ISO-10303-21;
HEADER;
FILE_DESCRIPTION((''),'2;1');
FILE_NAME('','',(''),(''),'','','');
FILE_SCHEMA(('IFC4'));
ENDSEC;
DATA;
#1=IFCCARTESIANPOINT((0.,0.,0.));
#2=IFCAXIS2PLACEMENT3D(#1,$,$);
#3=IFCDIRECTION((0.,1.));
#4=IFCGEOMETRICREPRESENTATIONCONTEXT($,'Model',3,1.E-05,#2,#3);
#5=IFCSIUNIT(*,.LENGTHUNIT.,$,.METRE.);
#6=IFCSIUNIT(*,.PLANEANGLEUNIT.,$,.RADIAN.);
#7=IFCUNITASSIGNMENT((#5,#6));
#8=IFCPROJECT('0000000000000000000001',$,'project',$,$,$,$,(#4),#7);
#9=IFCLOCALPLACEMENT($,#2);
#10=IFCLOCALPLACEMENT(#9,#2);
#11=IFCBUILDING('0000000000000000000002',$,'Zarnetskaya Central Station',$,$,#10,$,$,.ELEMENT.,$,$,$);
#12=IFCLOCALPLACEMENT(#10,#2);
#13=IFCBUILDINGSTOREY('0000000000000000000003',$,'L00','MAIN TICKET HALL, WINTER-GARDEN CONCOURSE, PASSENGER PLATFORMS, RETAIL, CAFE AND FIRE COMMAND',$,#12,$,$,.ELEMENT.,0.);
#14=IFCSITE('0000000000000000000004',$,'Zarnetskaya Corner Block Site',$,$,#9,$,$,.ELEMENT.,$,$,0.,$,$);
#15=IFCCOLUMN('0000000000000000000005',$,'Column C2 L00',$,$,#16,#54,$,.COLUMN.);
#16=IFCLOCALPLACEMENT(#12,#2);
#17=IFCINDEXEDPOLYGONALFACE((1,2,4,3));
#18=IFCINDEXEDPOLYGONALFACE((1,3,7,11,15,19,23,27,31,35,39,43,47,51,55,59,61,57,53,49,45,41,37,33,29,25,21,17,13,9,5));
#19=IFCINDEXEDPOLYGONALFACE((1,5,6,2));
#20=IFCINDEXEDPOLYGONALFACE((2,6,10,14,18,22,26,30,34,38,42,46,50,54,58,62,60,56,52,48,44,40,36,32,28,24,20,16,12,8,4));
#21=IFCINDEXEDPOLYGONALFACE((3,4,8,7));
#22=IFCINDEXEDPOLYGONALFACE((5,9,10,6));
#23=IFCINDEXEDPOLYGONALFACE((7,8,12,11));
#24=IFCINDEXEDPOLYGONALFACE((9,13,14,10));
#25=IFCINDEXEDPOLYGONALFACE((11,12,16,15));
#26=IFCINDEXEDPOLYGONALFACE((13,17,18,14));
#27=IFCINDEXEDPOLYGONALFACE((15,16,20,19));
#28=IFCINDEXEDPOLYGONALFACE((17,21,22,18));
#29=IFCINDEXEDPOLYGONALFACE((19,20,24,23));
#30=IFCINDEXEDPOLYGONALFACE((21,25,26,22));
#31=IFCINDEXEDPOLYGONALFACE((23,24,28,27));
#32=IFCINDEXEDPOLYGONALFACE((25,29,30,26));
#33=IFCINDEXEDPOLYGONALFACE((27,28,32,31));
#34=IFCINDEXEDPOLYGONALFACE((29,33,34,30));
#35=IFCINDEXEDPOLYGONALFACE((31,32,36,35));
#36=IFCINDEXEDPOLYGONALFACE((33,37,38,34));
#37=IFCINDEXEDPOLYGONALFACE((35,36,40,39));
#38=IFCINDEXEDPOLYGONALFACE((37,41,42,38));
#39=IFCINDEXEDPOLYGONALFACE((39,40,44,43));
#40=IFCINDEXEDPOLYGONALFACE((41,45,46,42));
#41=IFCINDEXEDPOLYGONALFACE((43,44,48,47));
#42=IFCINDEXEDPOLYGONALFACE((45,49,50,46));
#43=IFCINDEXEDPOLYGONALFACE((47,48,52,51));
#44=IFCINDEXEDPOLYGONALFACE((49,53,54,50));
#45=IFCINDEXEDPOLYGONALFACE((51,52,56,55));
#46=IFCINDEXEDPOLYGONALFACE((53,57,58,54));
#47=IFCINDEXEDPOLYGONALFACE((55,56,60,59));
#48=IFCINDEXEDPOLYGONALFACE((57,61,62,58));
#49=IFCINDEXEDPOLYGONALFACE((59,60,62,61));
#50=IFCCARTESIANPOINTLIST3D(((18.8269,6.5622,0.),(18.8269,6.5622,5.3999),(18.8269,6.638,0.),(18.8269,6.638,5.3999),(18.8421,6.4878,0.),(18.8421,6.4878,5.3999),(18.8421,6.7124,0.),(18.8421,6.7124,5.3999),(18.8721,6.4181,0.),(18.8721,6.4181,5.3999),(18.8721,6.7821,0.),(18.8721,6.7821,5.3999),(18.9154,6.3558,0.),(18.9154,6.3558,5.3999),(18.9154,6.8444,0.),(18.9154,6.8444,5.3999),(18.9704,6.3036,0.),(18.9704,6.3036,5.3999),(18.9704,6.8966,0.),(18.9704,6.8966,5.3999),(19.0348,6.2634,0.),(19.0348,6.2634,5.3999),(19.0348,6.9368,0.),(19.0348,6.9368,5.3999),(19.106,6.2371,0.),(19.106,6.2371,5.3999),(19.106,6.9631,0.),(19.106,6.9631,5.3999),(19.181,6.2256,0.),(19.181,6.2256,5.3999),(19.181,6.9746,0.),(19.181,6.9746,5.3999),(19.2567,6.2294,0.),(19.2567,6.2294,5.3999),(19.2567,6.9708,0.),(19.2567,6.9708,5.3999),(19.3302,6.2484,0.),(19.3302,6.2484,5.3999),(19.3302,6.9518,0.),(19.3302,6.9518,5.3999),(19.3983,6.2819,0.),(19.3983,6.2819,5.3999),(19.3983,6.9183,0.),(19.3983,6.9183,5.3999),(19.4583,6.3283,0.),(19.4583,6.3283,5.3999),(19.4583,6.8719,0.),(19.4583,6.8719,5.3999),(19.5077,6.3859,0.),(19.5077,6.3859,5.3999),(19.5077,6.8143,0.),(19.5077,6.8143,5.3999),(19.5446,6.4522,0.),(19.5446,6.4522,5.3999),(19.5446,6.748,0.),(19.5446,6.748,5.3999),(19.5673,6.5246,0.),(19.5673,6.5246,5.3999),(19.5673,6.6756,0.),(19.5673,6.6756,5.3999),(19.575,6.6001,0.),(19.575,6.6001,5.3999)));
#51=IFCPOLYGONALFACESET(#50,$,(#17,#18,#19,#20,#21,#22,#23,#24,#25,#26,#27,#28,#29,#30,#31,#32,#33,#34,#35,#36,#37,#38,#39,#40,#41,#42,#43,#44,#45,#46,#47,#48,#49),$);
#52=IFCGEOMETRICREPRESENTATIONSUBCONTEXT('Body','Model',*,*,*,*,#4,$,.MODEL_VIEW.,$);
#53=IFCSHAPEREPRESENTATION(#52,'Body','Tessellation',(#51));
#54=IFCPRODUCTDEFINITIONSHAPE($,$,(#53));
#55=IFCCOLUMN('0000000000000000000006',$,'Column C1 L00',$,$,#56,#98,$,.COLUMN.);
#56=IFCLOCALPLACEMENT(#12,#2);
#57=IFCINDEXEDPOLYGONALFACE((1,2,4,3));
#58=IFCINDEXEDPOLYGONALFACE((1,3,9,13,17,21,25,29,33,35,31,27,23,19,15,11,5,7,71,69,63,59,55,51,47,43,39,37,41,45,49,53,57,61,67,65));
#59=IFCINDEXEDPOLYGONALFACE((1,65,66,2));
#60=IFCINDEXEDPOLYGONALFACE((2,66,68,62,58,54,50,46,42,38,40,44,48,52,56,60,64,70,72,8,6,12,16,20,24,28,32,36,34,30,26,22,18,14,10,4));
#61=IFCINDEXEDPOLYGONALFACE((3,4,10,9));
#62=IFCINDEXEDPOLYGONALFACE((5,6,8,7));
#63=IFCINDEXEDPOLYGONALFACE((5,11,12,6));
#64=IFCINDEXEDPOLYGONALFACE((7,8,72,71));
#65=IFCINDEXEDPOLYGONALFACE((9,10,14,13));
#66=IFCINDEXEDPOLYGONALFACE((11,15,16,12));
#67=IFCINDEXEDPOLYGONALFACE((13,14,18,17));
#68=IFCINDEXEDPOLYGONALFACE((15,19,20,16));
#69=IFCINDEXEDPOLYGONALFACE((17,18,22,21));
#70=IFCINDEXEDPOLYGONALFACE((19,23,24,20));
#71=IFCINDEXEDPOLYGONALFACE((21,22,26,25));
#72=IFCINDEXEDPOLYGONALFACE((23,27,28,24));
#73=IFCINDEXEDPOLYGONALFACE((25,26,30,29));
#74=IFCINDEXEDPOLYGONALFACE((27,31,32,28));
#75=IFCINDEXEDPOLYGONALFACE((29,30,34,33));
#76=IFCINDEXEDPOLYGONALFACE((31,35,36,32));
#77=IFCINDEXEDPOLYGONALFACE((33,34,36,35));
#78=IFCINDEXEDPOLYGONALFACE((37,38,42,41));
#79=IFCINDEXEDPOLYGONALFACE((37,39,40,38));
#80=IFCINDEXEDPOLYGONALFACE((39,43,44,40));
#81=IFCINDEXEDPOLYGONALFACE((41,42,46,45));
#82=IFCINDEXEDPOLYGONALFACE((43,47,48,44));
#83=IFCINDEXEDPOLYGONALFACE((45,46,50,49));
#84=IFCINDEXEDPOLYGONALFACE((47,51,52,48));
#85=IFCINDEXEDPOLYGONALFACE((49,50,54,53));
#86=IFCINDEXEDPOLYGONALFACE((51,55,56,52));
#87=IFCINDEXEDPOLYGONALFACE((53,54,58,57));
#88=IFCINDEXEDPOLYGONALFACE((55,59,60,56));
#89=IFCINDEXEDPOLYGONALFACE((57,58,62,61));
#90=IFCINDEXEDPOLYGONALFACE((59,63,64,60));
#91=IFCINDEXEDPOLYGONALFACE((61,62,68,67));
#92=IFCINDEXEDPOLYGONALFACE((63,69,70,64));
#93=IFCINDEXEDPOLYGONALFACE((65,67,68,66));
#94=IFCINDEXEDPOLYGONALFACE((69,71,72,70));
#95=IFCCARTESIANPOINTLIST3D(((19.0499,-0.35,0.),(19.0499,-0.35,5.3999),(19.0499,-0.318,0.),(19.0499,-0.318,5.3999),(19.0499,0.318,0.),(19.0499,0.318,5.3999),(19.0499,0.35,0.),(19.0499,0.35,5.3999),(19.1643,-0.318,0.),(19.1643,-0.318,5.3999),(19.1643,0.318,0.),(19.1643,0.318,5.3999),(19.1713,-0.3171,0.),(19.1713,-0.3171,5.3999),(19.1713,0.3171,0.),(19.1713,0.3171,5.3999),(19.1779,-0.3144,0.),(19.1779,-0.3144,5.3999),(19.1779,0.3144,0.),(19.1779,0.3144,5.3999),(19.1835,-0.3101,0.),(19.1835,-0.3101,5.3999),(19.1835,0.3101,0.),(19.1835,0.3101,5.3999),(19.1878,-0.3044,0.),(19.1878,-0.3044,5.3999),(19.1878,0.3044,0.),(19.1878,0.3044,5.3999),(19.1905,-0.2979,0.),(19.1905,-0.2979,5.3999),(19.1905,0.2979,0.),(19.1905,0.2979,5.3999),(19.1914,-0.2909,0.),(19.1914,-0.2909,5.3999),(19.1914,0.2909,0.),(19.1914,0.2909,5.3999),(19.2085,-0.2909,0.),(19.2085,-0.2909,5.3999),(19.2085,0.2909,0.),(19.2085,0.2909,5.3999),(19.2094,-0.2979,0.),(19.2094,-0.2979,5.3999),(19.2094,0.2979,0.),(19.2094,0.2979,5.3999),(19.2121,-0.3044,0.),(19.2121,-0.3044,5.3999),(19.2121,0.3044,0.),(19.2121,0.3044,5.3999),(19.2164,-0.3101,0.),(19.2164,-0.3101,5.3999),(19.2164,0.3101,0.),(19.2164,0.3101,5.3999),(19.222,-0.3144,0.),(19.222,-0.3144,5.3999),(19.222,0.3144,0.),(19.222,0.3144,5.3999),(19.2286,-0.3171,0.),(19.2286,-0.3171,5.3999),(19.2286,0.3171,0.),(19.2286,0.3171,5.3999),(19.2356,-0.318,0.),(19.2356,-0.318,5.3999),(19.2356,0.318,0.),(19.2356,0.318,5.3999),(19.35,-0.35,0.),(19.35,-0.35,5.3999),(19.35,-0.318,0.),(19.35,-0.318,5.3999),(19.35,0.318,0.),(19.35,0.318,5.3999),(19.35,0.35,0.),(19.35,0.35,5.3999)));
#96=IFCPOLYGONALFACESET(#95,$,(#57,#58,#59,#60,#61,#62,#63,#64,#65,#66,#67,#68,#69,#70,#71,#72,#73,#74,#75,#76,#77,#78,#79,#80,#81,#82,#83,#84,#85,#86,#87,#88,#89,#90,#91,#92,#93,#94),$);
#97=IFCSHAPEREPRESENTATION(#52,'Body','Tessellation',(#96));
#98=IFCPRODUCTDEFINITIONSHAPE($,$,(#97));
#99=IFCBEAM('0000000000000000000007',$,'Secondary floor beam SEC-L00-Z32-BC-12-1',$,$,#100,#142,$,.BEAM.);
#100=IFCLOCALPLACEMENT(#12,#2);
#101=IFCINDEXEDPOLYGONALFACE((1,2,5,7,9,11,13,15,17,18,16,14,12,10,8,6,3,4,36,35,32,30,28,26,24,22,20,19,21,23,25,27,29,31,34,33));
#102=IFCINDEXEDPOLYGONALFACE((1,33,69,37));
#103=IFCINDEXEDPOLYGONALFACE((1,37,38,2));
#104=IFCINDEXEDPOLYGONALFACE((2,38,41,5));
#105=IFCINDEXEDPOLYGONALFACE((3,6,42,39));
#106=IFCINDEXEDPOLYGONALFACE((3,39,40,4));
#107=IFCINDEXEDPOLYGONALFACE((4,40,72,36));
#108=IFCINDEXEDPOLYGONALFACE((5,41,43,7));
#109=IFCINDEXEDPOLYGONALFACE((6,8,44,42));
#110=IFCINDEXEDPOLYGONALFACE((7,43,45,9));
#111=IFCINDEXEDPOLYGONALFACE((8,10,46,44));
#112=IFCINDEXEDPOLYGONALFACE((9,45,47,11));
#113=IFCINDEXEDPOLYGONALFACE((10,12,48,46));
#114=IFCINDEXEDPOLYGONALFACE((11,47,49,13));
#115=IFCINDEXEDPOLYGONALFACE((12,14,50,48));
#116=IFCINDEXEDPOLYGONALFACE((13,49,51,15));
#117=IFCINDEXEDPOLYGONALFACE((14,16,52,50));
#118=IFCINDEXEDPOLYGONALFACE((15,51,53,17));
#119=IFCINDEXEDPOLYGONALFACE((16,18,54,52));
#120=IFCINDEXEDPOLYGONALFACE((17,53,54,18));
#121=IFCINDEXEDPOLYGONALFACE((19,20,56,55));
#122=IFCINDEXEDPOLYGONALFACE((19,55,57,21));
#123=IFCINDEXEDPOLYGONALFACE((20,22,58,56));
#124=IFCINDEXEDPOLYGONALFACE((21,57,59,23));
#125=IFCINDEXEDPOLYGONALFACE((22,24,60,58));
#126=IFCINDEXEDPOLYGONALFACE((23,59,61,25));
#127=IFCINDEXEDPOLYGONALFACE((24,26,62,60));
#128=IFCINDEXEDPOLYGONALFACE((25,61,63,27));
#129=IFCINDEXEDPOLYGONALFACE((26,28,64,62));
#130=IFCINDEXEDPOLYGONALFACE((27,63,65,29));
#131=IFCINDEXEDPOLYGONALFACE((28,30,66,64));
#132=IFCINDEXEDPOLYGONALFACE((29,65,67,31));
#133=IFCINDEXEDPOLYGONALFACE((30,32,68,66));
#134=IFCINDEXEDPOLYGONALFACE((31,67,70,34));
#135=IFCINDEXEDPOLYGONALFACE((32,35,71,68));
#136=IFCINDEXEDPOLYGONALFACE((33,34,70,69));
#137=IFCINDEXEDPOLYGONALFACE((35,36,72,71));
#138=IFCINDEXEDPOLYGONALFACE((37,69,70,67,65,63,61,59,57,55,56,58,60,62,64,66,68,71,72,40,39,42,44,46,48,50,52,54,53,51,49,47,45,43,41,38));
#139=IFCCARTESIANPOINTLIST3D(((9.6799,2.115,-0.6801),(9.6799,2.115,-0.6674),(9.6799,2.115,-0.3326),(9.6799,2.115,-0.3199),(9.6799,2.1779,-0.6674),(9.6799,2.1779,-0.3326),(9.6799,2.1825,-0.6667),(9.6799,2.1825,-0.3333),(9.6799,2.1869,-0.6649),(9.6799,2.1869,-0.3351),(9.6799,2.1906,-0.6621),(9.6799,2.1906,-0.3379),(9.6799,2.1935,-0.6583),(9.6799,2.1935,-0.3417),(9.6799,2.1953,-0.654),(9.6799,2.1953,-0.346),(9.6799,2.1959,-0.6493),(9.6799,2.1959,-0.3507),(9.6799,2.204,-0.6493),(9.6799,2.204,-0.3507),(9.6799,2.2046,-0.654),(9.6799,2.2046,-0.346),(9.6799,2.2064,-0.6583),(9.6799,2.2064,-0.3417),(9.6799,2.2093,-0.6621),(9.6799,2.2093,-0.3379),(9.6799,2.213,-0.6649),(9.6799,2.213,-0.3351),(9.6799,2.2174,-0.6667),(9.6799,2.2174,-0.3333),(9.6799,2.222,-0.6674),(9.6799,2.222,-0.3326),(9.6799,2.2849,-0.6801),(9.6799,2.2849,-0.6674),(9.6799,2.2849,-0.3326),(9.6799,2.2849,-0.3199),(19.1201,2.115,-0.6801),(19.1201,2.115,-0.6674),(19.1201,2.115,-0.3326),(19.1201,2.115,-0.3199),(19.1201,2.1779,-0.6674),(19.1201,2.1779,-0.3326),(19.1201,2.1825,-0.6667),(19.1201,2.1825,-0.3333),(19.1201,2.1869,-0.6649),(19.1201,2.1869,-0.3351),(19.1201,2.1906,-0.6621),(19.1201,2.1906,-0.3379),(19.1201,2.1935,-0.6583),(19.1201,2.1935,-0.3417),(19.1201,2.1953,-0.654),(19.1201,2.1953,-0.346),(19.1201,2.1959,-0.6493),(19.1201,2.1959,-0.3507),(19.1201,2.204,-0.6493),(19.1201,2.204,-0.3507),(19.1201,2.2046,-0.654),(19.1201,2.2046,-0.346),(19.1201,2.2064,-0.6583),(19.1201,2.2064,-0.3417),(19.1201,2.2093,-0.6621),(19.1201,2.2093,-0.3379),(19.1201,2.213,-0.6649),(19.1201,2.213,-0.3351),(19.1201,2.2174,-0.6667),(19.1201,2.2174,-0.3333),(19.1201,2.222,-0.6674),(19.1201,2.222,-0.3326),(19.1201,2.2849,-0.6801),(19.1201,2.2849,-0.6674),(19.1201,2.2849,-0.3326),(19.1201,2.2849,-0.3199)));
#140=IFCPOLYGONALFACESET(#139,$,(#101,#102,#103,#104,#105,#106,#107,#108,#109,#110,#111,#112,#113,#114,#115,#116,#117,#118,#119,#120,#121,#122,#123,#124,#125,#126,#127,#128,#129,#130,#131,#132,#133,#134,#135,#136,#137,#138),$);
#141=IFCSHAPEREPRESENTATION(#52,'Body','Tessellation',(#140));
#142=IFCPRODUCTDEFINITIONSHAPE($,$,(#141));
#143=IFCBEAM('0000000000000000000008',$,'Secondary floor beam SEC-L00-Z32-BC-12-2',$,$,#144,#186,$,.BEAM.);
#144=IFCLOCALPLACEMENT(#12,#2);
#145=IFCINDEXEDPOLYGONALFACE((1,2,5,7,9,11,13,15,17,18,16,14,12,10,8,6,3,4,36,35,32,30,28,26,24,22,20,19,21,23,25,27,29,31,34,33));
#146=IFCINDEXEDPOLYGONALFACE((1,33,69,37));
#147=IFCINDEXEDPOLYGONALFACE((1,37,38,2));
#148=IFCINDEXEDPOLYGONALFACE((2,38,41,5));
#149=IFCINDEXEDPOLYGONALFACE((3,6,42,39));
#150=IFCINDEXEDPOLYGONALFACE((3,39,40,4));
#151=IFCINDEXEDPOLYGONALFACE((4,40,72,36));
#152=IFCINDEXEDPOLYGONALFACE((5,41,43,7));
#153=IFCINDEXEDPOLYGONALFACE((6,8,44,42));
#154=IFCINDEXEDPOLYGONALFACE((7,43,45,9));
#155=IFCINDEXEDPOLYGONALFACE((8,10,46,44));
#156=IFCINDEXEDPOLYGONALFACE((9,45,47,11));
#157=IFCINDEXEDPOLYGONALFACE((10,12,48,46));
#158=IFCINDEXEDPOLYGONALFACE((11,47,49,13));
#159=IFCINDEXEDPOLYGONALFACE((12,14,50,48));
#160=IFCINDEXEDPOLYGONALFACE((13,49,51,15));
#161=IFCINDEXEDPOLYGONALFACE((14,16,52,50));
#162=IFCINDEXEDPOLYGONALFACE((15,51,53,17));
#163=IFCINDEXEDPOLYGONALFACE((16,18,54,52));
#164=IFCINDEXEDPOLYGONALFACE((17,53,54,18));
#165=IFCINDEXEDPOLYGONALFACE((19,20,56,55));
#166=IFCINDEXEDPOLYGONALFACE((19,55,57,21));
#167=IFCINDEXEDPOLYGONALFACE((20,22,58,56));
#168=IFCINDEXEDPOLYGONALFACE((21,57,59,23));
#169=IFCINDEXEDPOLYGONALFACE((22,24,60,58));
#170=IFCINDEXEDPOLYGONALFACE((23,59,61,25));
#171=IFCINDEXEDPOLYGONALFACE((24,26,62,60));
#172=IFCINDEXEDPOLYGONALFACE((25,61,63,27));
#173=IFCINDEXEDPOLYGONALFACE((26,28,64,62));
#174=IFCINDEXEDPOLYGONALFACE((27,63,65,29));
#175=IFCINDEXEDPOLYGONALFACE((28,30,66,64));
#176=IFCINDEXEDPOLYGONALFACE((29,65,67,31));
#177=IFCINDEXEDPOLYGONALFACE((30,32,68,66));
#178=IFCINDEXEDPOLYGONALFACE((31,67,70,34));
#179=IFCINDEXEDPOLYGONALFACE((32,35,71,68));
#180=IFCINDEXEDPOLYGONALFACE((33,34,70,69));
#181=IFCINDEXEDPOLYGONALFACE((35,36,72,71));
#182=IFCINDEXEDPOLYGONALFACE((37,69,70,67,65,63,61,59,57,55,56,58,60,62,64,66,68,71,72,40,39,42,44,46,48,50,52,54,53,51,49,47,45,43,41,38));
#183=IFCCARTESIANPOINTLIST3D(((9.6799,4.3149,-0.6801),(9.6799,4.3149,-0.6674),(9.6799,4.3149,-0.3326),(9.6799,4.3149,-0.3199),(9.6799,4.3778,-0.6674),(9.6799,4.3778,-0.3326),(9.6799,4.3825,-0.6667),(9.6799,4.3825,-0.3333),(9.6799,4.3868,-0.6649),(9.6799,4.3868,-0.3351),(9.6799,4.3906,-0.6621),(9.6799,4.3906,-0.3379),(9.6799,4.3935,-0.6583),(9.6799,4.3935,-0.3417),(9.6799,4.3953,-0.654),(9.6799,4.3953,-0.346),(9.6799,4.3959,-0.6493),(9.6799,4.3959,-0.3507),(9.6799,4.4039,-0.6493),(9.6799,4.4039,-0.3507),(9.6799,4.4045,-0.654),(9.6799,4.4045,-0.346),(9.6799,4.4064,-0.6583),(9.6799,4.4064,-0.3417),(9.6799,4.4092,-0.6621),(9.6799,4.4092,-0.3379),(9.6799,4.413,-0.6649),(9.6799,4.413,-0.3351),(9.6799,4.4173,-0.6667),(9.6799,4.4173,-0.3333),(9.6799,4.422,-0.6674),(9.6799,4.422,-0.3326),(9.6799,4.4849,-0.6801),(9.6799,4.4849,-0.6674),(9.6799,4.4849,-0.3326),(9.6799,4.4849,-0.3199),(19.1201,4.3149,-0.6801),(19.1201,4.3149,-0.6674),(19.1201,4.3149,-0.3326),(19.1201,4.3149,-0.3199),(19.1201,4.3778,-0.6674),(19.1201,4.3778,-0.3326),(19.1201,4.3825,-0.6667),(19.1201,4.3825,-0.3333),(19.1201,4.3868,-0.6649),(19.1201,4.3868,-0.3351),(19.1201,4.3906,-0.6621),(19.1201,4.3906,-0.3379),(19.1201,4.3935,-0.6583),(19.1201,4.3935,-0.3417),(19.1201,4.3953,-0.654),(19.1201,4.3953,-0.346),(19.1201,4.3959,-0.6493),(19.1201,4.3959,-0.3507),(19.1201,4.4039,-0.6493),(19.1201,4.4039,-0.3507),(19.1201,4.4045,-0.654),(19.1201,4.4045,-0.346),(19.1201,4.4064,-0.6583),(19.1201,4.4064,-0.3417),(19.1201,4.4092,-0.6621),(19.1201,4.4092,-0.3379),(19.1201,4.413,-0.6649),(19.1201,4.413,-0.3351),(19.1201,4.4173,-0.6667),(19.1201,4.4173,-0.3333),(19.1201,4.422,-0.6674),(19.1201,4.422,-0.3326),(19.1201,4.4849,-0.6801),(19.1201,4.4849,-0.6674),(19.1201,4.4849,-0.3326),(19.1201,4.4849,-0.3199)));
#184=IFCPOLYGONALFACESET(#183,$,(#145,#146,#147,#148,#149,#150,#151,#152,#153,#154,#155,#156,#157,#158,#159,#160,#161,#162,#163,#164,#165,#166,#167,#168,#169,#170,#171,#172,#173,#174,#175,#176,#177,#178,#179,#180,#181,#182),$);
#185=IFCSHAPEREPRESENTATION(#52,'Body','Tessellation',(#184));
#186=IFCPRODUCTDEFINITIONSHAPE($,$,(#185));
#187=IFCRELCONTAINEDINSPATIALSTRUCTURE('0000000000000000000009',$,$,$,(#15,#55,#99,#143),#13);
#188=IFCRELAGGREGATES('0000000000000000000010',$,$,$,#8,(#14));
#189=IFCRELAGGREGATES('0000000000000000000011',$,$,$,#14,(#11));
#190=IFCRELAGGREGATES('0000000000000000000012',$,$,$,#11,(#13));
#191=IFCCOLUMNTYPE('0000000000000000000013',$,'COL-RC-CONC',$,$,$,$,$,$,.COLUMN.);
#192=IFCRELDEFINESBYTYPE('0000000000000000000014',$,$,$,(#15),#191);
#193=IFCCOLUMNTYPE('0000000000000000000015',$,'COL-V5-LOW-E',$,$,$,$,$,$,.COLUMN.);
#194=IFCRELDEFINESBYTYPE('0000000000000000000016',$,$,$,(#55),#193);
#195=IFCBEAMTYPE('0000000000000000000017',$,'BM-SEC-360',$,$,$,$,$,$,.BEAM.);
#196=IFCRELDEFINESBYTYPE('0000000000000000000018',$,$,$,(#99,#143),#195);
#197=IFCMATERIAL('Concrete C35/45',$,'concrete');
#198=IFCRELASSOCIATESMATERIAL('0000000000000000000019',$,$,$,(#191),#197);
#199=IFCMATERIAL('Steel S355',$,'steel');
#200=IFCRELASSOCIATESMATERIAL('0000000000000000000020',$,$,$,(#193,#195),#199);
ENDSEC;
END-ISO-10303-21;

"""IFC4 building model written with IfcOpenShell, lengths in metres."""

from ifc_helpers import new_model, si_unit, direction, frame, origin, origin_2d, place, context, subcontext, project, spatial, circle, i_section, extrude, material, material_profile, profile_set, type_object, element, save


model = new_model("IFC4")

# Units and contexts
model_context = context("Model", 3, precision=1e-05, world=origin(), true_north=direction((0.0, 1.0)))
body_context = subcontext(model_context, "Body", "Model", "MODEL_VIEW")
ifc_project = project(units=[si_unit("LENGTHUNIT", "METRE"), si_unit("PLANEANGLEUNIT", "RADIAN")], contexts=[model_context])

# Site, building, storey
site_placement = place(None, origin())
site = spatial("IfcSite", under=ifc_project, at=site_placement, Name="Zarnetskaya Corner Block Site", CompositionType="ELEMENT", RefElevation=0.0)
building_placement = place(site_placement, origin())
building = spatial("IfcBuilding", under=site, at=building_placement, Name="Zarnetskaya Central Station", CompositionType="ELEMENT")
storey_placement = place(building_placement, origin())
storey = spatial("IfcBuildingStorey", under=building, at=storey_placement, Name="L00", Description="MAIN TICKET HALL, WINTER-GARDEN CONCOURSE, PASSENGER PLATFORMS, RETAIL, CAFE AND FIRE COMMAND", CompositionType="ELEMENT", Elevation=0.0)

# Columns
ifc_material_1 = material(Name="Concrete C35/45", Category="concrete")
ifc_material_profile_1 = material_profile(ifc_material_1, circle(Radius=0.375, at=origin_2d()), Name="RC COL D750")
ifc_profile_set_1 = profile_set([ifc_material_profile_1], Name="Concrete C35/45")
column_type_1 = type_object("IfcColumnType", Name="COL-RC-CONC", PredefinedType="COLUMN", material=ifc_profile_set_1)
column_1_placement = place(storey_placement, frame((19.2, 6.6001, 0.0), z_axis=(0.0, 0.0, 1.0), x_axis=(1.0, 0.0, 0.0)))
element("IfcColumn", 1, at=column_1_placement, inside=storey, type_object=column_type_1, Name="Column C2 L00", PredefinedType="COLUMN", context=body_context, shape_type="SweptSolid", body=[
    extrude(circle(Radius=0.375, at=origin_2d()), origin(), (0.0, 0.0, 1.0), 5.3999),
])
ifc_material_2 = material(Name="Steel S355", Category="steel")
ifc_material_profile_2 = material_profile(ifc_material_2, i_section(OverallWidth=0.3, OverallDepth=0.7, WebThickness=0.0171, FlangeThickness=0.032, FilletRadius=0.0271, at=origin_2d()), Name="HEB 700")
ifc_profile_set_2 = profile_set([ifc_material_profile_2], Name="Steel S355")
column_type_2 = type_object("IfcColumnType", Name="COL-V5-LOW-E", PredefinedType="COLUMN", material=ifc_profile_set_2)
column_2_placement = place(storey_placement, frame((19.2, 0.0, 0.0), z_axis=(0.0, 0.0, 1.0), x_axis=(1.0, 0.0, 0.0)))
element("IfcColumn", 2, at=column_2_placement, inside=storey, type_object=column_type_2, Name="Column C1 L00", PredefinedType="COLUMN", context=body_context, shape_type="SweptSolid", body=[
    extrude(i_section(OverallWidth=0.3, OverallDepth=0.7, WebThickness=0.0171, FlangeThickness=0.032, FilletRadius=0.0271, at=origin_2d()), origin(), (0.0, 0.0, 1.0), 5.3999),
])

# Beams
ifc_material_profile_3 = material_profile(ifc_material_2, i_section(OverallWidth=0.1699, OverallDepth=0.3601, WebThickness=0.0081, FlangeThickness=0.0127, FilletRadius=0.0181, at=origin_2d()), Name="IPE 360")
ifc_profile_set_3 = profile_set([ifc_material_profile_3], Name="Steel S355")
beam_type_1 = type_object("IfcBeamType", Name="BM-SEC-360", PredefinedType="BEAM", material=ifc_profile_set_3)
for number, where, z_axis, x_axis, name in (
    (3, (9.6799, 2.2, -0.5), (1.0, 0.0, 0.0), (0.0, 1.0, 0.0), "Secondary floor beam SEC-L00-Z32-BC-12-1"),
    (4, (9.6799, 4.3999, -0.5), (1.0, 0.0, 0.0), (0.0, 1.0, 0.0), "Secondary floor beam SEC-L00-Z32-BC-12-2"),
):
    element("IfcBeam", number, at=place(storey_placement, frame(where, z_axis=z_axis, x_axis=x_axis)), inside=storey, type_object=beam_type_1, Name=name, PredefinedType="BEAM", context=body_context, shape_type="SweptSolid", body=[
        extrude(i_section(OverallWidth=0.1699, OverallDepth=0.3601, WebThickness=0.0081, FlangeThickness=0.0127, FilletRadius=0.0181, at=origin_2d()), origin(), (0.0, 0.0, 1.0), 9.4402),
    ])

save(model, "model.ifc")
